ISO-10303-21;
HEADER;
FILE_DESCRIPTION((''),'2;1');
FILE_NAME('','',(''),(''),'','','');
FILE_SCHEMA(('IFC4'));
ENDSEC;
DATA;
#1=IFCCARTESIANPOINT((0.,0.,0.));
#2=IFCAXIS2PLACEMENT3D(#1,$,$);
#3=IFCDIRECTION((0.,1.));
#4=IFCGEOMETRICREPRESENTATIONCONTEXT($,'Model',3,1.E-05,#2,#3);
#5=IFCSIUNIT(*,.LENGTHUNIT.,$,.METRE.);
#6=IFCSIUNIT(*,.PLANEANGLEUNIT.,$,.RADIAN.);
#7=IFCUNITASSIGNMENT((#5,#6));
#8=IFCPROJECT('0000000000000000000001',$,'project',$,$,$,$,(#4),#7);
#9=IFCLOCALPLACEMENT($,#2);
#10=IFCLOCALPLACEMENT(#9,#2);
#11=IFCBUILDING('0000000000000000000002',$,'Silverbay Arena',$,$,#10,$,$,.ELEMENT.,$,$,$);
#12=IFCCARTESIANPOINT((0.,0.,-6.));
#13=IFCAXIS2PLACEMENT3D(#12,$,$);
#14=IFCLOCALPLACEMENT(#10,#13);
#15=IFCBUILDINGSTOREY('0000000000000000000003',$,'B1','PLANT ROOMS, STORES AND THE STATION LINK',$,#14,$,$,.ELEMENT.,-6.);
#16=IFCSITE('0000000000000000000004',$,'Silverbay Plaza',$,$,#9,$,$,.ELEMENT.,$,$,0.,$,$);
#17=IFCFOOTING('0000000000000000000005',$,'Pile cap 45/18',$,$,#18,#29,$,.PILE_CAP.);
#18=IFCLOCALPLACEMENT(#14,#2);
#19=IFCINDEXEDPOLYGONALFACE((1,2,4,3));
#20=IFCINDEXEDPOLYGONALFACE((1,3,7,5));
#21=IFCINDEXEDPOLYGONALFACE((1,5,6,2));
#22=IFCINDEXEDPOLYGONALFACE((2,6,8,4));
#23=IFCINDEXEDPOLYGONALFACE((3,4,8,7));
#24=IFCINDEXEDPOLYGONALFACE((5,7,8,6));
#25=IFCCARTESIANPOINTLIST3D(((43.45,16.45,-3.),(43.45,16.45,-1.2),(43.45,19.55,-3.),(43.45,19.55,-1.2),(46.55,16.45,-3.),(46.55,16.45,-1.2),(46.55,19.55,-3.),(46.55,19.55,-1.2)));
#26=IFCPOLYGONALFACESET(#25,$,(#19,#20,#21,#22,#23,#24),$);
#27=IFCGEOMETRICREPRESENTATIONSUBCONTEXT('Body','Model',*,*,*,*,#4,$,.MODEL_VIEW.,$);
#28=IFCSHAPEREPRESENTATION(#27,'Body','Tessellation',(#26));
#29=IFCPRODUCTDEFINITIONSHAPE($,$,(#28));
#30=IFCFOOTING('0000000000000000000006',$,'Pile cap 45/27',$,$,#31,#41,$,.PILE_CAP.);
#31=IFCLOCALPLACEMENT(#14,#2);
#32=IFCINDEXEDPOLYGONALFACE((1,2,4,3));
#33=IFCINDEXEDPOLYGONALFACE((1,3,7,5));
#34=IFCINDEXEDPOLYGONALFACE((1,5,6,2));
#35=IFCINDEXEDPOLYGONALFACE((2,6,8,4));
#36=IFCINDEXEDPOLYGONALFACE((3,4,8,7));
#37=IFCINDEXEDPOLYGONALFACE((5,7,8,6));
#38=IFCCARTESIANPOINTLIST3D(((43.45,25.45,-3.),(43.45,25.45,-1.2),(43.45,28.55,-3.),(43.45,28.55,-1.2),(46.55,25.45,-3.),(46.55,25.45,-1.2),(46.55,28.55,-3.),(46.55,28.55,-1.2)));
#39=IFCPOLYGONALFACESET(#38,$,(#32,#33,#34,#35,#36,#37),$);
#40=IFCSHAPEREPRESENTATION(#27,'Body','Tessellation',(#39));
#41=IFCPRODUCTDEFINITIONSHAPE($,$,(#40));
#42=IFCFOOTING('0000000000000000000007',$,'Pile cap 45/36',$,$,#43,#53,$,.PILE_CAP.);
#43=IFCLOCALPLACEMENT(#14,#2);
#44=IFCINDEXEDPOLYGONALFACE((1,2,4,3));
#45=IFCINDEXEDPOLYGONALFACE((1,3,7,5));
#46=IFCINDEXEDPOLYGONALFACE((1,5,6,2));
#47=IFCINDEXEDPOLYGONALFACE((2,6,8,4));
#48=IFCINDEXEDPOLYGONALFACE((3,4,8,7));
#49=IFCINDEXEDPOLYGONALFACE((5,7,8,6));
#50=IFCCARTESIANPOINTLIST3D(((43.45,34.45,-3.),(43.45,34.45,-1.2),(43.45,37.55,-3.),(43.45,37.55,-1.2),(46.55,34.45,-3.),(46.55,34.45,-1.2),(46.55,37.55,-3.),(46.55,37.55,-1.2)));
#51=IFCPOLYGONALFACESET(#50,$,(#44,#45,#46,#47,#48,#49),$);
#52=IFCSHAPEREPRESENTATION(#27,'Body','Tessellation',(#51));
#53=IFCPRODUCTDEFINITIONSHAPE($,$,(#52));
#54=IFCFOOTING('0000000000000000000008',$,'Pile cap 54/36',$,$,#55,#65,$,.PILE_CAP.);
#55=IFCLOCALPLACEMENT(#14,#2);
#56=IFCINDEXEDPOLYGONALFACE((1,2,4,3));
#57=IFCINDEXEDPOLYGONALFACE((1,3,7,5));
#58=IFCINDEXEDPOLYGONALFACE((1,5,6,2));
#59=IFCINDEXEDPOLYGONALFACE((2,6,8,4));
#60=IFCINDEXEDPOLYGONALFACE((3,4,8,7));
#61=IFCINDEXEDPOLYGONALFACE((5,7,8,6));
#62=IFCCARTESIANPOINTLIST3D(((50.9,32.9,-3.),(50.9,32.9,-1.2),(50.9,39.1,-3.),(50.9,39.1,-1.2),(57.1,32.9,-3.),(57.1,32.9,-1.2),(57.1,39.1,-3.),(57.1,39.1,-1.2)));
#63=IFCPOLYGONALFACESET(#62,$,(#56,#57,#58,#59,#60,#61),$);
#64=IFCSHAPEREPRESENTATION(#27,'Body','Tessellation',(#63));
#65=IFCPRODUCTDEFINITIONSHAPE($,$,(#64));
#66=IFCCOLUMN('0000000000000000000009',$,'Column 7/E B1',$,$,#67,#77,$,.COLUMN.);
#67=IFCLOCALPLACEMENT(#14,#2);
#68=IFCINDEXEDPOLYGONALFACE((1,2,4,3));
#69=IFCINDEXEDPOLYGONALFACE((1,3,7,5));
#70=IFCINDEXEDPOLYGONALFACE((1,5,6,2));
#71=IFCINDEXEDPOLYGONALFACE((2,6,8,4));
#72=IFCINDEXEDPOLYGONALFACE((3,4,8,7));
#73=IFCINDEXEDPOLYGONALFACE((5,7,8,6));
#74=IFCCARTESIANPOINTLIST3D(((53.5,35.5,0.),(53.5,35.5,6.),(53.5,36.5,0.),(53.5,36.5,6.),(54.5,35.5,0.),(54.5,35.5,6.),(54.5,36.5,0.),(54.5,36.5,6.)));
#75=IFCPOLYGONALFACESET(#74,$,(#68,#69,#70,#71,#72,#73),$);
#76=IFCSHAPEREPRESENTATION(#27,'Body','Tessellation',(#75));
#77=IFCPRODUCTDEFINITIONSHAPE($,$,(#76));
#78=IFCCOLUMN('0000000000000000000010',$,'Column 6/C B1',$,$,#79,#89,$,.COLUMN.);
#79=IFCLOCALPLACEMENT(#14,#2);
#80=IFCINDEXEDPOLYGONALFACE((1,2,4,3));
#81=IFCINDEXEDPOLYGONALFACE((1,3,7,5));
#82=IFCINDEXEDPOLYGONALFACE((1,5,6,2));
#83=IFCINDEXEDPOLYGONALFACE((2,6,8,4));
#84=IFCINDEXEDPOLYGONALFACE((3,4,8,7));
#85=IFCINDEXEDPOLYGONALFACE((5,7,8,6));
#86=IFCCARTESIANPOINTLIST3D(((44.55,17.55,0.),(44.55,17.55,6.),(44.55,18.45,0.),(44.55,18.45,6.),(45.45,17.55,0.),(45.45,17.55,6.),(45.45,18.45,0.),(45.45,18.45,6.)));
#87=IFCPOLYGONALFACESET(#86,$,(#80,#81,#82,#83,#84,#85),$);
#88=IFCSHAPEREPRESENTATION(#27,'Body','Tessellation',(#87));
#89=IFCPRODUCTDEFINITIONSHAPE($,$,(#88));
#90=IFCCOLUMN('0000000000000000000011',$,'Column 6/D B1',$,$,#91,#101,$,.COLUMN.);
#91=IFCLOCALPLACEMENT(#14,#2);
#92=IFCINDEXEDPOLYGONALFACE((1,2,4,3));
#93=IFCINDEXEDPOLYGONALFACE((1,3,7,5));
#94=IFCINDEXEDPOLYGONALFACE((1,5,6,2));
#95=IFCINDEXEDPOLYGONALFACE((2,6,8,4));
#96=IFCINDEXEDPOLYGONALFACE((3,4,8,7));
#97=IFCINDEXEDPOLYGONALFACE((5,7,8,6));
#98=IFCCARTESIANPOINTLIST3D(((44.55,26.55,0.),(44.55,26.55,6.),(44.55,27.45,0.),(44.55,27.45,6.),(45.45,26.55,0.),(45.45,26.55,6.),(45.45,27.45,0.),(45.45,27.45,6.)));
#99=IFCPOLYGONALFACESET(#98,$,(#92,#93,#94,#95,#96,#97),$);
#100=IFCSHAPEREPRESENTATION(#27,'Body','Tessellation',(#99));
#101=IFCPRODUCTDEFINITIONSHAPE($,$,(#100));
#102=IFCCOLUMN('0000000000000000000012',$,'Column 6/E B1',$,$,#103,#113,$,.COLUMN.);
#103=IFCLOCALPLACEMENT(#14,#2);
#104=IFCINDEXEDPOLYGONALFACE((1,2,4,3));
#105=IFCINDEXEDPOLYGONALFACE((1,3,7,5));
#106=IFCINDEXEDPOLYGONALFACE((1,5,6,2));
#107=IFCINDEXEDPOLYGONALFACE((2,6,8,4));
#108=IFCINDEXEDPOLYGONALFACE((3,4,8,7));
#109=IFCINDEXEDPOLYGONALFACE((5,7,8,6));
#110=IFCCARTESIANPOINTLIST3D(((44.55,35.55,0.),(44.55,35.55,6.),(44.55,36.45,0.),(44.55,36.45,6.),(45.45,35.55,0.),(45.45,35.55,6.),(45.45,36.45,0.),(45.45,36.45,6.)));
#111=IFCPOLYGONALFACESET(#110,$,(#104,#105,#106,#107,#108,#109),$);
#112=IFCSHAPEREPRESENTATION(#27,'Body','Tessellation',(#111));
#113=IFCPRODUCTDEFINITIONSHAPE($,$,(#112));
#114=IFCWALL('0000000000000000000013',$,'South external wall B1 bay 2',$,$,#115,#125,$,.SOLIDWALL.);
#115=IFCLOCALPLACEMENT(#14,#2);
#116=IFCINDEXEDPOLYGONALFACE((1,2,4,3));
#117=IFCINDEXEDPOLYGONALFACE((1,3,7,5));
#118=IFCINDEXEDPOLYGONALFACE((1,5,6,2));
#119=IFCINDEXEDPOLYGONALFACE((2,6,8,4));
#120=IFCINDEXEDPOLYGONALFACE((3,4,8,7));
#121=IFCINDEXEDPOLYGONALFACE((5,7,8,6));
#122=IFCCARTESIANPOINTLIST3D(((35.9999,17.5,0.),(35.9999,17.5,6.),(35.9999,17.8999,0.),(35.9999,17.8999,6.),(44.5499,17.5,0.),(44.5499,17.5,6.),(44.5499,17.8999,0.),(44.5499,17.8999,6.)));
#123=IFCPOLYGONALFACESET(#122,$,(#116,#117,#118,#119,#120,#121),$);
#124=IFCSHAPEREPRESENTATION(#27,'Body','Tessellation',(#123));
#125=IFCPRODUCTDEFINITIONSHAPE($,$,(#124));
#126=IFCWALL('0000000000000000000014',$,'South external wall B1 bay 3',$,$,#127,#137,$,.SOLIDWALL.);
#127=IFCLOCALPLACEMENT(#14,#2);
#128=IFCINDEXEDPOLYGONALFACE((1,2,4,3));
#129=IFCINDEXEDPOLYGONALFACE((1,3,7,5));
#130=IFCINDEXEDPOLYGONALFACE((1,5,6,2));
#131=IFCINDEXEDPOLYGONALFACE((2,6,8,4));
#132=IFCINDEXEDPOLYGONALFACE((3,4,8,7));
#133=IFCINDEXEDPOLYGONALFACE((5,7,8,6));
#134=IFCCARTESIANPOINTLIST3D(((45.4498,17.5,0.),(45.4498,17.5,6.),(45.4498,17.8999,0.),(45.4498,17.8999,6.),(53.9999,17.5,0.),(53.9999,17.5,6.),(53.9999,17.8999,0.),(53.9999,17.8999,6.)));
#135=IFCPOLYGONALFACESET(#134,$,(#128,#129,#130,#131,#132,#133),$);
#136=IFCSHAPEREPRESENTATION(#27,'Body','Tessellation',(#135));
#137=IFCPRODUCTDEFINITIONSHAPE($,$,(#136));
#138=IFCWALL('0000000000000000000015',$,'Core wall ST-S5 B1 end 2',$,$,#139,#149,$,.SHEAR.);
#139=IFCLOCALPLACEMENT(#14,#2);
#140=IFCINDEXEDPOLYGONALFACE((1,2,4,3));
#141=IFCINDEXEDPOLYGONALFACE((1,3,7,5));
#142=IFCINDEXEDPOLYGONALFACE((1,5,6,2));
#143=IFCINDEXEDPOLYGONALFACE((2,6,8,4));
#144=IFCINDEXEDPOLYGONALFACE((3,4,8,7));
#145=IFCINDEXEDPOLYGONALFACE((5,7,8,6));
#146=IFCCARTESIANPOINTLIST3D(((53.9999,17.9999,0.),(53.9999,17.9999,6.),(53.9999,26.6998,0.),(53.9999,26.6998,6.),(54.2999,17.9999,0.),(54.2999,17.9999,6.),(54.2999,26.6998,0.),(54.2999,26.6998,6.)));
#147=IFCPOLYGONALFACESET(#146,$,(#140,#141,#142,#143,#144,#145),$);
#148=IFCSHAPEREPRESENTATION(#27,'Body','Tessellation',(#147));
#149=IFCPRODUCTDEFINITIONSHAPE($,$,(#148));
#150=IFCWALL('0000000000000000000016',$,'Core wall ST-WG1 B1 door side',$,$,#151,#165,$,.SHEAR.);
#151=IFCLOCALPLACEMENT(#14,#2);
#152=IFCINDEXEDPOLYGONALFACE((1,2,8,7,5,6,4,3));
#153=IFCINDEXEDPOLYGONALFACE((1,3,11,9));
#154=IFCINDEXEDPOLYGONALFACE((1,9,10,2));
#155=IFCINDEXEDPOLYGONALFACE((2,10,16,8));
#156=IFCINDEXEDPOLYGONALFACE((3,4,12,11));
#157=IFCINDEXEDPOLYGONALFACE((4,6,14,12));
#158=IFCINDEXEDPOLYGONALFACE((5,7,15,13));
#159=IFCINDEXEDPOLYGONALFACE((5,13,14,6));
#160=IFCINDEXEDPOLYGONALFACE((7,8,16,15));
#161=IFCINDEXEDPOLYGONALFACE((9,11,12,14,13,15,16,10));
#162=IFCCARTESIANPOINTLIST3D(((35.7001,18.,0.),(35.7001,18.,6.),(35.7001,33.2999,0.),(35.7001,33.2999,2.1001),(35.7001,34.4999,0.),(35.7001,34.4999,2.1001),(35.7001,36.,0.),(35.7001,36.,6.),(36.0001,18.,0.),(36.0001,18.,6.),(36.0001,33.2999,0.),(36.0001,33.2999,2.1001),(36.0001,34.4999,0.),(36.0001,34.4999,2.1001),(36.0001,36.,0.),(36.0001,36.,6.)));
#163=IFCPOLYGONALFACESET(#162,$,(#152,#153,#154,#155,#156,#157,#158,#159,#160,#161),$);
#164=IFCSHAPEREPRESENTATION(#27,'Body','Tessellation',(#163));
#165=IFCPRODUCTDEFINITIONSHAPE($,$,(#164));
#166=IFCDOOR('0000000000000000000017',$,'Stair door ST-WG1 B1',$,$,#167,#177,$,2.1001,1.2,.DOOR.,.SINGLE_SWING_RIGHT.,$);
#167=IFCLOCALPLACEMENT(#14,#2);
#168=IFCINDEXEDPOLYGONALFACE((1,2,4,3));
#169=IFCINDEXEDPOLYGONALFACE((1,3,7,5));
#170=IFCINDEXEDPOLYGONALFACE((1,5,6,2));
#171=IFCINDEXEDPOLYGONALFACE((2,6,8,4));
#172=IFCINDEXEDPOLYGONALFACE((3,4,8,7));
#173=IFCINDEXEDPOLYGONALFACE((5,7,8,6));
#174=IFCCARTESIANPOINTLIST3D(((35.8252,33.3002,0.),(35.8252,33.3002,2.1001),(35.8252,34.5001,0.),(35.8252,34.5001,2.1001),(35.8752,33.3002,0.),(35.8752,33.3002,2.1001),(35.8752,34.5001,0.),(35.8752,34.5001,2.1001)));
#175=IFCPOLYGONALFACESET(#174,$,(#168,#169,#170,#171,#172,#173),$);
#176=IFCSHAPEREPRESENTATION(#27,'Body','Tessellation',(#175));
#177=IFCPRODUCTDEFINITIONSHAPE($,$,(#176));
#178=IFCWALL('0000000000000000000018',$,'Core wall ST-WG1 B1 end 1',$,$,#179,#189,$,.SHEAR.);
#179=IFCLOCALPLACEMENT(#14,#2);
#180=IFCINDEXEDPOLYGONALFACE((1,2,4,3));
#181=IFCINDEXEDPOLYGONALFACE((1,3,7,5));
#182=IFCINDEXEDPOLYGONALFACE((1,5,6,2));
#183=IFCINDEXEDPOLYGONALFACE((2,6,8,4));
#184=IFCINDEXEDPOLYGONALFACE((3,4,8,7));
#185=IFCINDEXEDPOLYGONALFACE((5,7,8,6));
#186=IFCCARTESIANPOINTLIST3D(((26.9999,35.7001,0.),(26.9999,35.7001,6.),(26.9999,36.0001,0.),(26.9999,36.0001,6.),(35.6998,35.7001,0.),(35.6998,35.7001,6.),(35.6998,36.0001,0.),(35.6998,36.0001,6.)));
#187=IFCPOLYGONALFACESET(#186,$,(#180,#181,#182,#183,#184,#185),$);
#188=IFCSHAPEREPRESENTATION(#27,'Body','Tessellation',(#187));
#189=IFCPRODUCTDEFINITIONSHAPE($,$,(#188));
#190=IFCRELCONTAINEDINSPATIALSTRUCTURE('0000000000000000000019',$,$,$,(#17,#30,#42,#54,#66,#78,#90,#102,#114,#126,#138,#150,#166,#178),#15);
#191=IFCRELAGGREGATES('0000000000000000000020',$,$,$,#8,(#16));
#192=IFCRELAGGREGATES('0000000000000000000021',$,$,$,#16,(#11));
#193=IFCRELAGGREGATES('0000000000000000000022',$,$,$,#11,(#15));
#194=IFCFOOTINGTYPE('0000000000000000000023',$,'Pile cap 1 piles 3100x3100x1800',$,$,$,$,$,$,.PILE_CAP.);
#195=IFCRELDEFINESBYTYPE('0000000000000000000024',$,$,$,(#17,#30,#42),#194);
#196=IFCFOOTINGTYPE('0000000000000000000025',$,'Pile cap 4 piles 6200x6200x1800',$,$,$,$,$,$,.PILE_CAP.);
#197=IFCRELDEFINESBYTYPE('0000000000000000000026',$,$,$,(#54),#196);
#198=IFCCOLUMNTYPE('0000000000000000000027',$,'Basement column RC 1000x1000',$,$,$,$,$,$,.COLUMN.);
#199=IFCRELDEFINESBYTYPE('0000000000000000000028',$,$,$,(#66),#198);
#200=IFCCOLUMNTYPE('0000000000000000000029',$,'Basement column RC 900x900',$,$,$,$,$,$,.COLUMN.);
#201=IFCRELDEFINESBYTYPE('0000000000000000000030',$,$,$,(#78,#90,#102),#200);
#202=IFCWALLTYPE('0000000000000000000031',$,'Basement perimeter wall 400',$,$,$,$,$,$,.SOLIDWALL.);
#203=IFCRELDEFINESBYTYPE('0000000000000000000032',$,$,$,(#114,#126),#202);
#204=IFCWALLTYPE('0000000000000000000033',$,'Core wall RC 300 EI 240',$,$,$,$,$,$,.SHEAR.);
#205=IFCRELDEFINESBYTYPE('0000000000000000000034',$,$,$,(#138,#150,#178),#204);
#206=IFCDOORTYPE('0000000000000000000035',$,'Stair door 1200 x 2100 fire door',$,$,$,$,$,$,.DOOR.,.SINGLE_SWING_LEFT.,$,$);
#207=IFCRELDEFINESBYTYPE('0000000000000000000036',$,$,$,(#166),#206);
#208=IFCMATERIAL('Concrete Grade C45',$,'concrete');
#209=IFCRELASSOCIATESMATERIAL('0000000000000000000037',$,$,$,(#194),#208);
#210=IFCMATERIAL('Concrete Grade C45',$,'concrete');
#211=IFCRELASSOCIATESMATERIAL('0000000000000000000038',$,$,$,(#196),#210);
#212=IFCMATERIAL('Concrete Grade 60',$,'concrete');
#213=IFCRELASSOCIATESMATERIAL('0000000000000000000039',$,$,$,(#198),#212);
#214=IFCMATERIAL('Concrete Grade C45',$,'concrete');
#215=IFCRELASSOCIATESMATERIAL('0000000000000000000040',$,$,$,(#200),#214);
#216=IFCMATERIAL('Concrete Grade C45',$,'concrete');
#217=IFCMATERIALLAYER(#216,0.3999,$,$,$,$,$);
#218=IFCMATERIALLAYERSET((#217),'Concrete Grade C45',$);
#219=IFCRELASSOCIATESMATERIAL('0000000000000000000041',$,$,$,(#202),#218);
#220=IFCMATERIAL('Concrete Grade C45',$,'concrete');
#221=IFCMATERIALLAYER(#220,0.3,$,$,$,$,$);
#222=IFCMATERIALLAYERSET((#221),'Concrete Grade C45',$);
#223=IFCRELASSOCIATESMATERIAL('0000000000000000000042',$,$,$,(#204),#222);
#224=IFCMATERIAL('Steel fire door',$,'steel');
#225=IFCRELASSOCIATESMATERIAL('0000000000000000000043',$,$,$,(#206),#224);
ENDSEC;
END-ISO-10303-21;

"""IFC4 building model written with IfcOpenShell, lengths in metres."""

from ifc_helpers import new_model, si_unit, direction, frame, frame_2d, origin, origin_2d, place, context, subcontext, project, spatial, rectangle, extrude, material, layer, layer_set, material_profile, profile_set, type_object, element, fill, save


model = new_model("IFC4")

# Units and contexts
model_context = context("Model", 3, precision=1e-05, world=origin(), true_north=direction((0.0, 1.0)))
body_context = subcontext(model_context, "Body", "Model", "MODEL_VIEW")
ifc_project = project(units=[si_unit("LENGTHUNIT", "METRE"), si_unit("PLANEANGLEUNIT", "RADIAN")], contexts=[model_context])

# Site, building, storey
site_placement = place(None, origin())
site = spatial("IfcSite", under=ifc_project, at=site_placement, Name="Silverbay Plaza", CompositionType="ELEMENT", RefElevation=0.0)
building_placement = place(site_placement, origin())
building = spatial("IfcBuilding", under=site, at=building_placement, Name="Silverbay Arena", CompositionType="ELEMENT")
storey_placement = place(building_placement, frame((0.0, 0.0, -6.0)))
storey = spatial("IfcBuildingStorey", under=building, at=storey_placement, Name="B1", Description="PLANT ROOMS, STORES AND THE STATION LINK", CompositionType="ELEMENT", Elevation=-6.0)

# Footings
ifc_material_1 = material(Name="Concrete Grade C45", Category="concrete")
footing_type_1 = type_object("IfcFootingType", Name="Pile cap 1 piles 3100x3100x1800", PredefinedType="PILE_CAP", material=ifc_material_1)
for number, where, z_axis, x_axis, name in (
    (1, (45.0, 18.0, -3.0), (0.0, 0.0, 1.0), (1.0, 0.0, 0.0), "Pile cap 45/18"),
    (2, (45.0, 27.0, -3.0), (0.0, 0.0, 1.0), (1.0, 0.0, 0.0), "Pile cap 45/27"),
    (3, (45.0, 36.0, -3.0), (0.0, 0.0, 1.0), (1.0, 0.0, 0.0), "Pile cap 45/36"),
):
    element("IfcFooting", number, at=place(storey_placement, frame(where, z_axis=z_axis, x_axis=x_axis)), inside=storey, type_object=footing_type_1, Name=name, PredefinedType="PILE_CAP", context=body_context, shape_type="SweptSolid", body=[
        extrude(rectangle(XDim=3.1001, YDim=3.1001, at=origin_2d()), origin(), (0.0, 0.0, 1.0), 1.8),
    ])
ifc_material_2 = material(Name="Concrete Grade C45", Category="concrete")
footing_type_2 = type_object("IfcFootingType", Name="Pile cap 4 piles 6200x6200x1800", PredefinedType="PILE_CAP", material=ifc_material_2)
footing_placement = place(storey_placement, frame((54.0, 36.0, -3.0), z_axis=(0.0, 0.0, 1.0), x_axis=(1.0, 0.0, 0.0)))
element("IfcFooting", 4, at=footing_placement, inside=storey, type_object=footing_type_2, Name="Pile cap 54/36", PredefinedType="PILE_CAP", context=body_context, shape_type="SweptSolid", body=[
    extrude(rectangle(XDim=6.2, YDim=6.2, at=origin_2d()), origin(), (0.0, 0.0, 1.0), 1.8),
])

# Columns
ifc_material_3 = material(Name="Concrete Grade 60", Category="concrete")
ifc_material_profile_1 = material_profile(ifc_material_3, rectangle(XDim=1.0, YDim=1.0, at=origin_2d()), Name="RC 1000x1000")
ifc_profile_set_1 = profile_set([ifc_material_profile_1], Name="Concrete Grade 60")
column_type_1 = type_object("IfcColumnType", Name="Basement column RC 1000x1000", PredefinedType="COLUMN", material=ifc_profile_set_1)
column_placement = place(storey_placement, frame((54.0, 36.0, 0.0), z_axis=(0.0, 0.0, 1.0), x_axis=(1.0, 0.0, 0.0)))
element("IfcColumn", 5, at=column_placement, inside=storey, type_object=column_type_1, Name="Column 7/E B1", PredefinedType="COLUMN", context=body_context, shape_type="SweptSolid", body=[
    extrude(rectangle(XDim=1.0, YDim=1.0, at=origin_2d()), origin(), (0.0, 0.0, 1.0), 6.0),
])
ifc_material_4 = material(Name="Concrete Grade C45", Category="concrete")
ifc_material_profile_2 = material_profile(ifc_material_4, rectangle(XDim=0.8999, YDim=0.8999, at=origin_2d()), Name="RC 900x900")
ifc_profile_set_2 = profile_set([ifc_material_profile_2], Name="Concrete Grade C45")
column_type_2 = type_object("IfcColumnType", Name="Basement column RC 900x900", PredefinedType="COLUMN", material=ifc_profile_set_2)
for number, where, z_axis, x_axis, name in (
    (6, (45.0, 18.0, 0.0), (0.0, 0.0, 1.0), (1.0, 0.0, 0.0), "Column 6/C B1"),
    (7, (45.0, 27.0, 0.0), (0.0, 0.0, 1.0), (1.0, 0.0, 0.0), "Column 6/D B1"),
    (8, (45.0, 36.0, 0.0), (0.0, 0.0, 1.0), (1.0, 0.0, 0.0), "Column 6/E B1"),
):
    element("IfcColumn", number, at=place(storey_placement, frame(where, z_axis=z_axis, x_axis=x_axis)), inside=storey, type_object=column_type_2, Name=name, PredefinedType="COLUMN", context=body_context, shape_type="SweptSolid", body=[
        extrude(rectangle(XDim=0.8999, YDim=0.8999, at=origin_2d()), origin(), (0.0, 0.0, 1.0), 6.0),
    ])

# Walls
ifc_material_5 = material(Name="Concrete Grade C45", Category="concrete")
ifc_layer_1 = layer(ifc_material_5, 0.3999)
ifc_layer_set_1 = layer_set([ifc_layer_1], Name="Concrete Grade C45")
wall_type_1 = type_object("IfcWallType", Name="Basement perimeter wall 400", PredefinedType="SOLIDWALL", material=ifc_layer_set_1)
for number, where, z_axis, x_axis, name in (
    (9, (36.0, 17.7, 0.0), (0.0, 0.0, 1.0), (1.0, 0.0, 0.0), "South external wall B1 bay 2"),
    (10, (45.45, 17.7, 0.0), (0.0, 0.0, 1.0), (1.0, 0.0, 0.0), "South external wall B1 bay 3"),
):
    element("IfcWall", number, at=place(storey_placement, frame(where, z_axis=z_axis, x_axis=x_axis)), inside=storey, type_object=wall_type_1, Name=name, PredefinedType="SOLIDWALL", context=body_context, shape_type="SweptSolid", body=[
        extrude(rectangle(XDim=8.55, YDim=0.3999, at=frame_2d((4.2749, 0.0))), origin(), (0.0, 0.0, 1.0), 6.0),
    ])
ifc_material_6 = material(Name="Concrete Grade C45", Category="concrete")
ifc_layer_2 = layer(ifc_material_6, 0.3)
ifc_layer_set_2 = layer_set([ifc_layer_2], Name="Concrete Grade C45")
wall_type_2 = type_object("IfcWallType", Name="Core wall RC 300 EI 240", PredefinedType="SHEAR", material=ifc_layer_set_2)
wall_1_placement = place(storey_placement, frame((54.1499, 26.7, 0.0), z_axis=(0.0, 0.0, 1.0), x_axis=(0.0, -1.0, 0.0)))
element("IfcWall", 11, at=wall_1_placement, inside=storey, type_object=wall_type_2, Name="Core wall ST-S5 B1 end 2", PredefinedType="SHEAR", context=body_context, shape_type="SweptSolid", body=[
    extrude(rectangle(XDim=8.7, YDim=0.3, at=frame_2d((4.3501, 0.0))), origin(), (0.0, 0.0, 1.0), 6.0),
])

# Wall, opening, door
wall_2_placement = place(storey_placement, frame((35.8501, 36.0, 0.0), z_axis=(0.0, 0.0, 1.0), x_axis=(0.0, -1.0, 0.0)))
wall_2 = element("IfcWall", 12, at=wall_2_placement, inside=storey, type_object=wall_type_2, Name="Core wall ST-WG1 B1 door side", PredefinedType="SHEAR", context=body_context, shape_type="SweptSolid", body=[
    extrude(rectangle(XDim=18.0, YDim=0.3, at=frame_2d((9.0, 0.0))), origin(), (0.0, 0.0, 1.0), 6.0),
])
opening_1_placement = place(wall_2_placement, frame((1.5, 0.0, 0.0)))
opening_1 = element("IfcOpeningElement", 13, at=opening_1_placement, cuts=wall_2, PredefinedType="OPENING", context=body_context, shape_type="SweptSolid", body=[
    extrude(rectangle(XDim=1.2, YDim=2.1001, at=frame_2d((0.6001, 1.05))), frame((0.0, 0.1602, 0.0), z_axis=(0.0, -1.0, 0.0), x_axis=(1.0, 0.0, 0.0)), (0.0, 0.0, 1.0), 0.3201),
])
ifc_material_7 = material(Name="Steel fire door", Category="steel")
door_type_1 = type_object("IfcDoorType", Name="Stair door 1200 x 2100 fire door", OperationType="SINGLE_SWING_LEFT", PredefinedType="DOOR", material=ifc_material_7)
door_1_placement = place(opening_1_placement, frame((1.2, 0.0, 0.0), z_axis=(0.0, 0.0, 1.0), x_axis=(-1.0, 0.0, 0.0)))
door_1 = element("IfcDoor", 14, at=door_1_placement, inside=storey, type_object=door_type_1, Name="Stair door ST-WG1 B1", OperationType="SINGLE_SWING_RIGHT", OverallHeight=2.1001, OverallWidth=1.2, PredefinedType="DOOR", context=body_context, shape_type="SweptSolid", body=[
    extrude(rectangle(XDim=1.2, YDim=2.1001, at=frame_2d((0.6001, 1.05))), frame((0.0, 0.0249, 0.0), z_axis=(0.0, -1.0, 0.0), x_axis=(1.0, 0.0, 0.0)), (0.0, 0.0, 1.0), 0.05),
])
fill(opening_1, door_1)

# Wall
for number, where, z_axis, x_axis, name in (
    (15, (35.7, 35.8501, 0.0), (0.0, 0.0, 1.0), (-1.0, 0.0, 0.0), "Core wall ST-WG1 B1 end 1"),
):
    element("IfcWall", number, at=place(storey_placement, frame(where, z_axis=z_axis, x_axis=x_axis)), inside=storey, type_object=wall_type_2, Name=name, PredefinedType="SHEAR", context=body_context, shape_type="SweptSolid", body=[
        extrude(rectangle(XDim=8.7, YDim=0.3, at=frame_2d((4.3501, 0.0))), origin(), (0.0, 0.0, 1.0), 6.0),
    ])

save(model, "model.ifc")
